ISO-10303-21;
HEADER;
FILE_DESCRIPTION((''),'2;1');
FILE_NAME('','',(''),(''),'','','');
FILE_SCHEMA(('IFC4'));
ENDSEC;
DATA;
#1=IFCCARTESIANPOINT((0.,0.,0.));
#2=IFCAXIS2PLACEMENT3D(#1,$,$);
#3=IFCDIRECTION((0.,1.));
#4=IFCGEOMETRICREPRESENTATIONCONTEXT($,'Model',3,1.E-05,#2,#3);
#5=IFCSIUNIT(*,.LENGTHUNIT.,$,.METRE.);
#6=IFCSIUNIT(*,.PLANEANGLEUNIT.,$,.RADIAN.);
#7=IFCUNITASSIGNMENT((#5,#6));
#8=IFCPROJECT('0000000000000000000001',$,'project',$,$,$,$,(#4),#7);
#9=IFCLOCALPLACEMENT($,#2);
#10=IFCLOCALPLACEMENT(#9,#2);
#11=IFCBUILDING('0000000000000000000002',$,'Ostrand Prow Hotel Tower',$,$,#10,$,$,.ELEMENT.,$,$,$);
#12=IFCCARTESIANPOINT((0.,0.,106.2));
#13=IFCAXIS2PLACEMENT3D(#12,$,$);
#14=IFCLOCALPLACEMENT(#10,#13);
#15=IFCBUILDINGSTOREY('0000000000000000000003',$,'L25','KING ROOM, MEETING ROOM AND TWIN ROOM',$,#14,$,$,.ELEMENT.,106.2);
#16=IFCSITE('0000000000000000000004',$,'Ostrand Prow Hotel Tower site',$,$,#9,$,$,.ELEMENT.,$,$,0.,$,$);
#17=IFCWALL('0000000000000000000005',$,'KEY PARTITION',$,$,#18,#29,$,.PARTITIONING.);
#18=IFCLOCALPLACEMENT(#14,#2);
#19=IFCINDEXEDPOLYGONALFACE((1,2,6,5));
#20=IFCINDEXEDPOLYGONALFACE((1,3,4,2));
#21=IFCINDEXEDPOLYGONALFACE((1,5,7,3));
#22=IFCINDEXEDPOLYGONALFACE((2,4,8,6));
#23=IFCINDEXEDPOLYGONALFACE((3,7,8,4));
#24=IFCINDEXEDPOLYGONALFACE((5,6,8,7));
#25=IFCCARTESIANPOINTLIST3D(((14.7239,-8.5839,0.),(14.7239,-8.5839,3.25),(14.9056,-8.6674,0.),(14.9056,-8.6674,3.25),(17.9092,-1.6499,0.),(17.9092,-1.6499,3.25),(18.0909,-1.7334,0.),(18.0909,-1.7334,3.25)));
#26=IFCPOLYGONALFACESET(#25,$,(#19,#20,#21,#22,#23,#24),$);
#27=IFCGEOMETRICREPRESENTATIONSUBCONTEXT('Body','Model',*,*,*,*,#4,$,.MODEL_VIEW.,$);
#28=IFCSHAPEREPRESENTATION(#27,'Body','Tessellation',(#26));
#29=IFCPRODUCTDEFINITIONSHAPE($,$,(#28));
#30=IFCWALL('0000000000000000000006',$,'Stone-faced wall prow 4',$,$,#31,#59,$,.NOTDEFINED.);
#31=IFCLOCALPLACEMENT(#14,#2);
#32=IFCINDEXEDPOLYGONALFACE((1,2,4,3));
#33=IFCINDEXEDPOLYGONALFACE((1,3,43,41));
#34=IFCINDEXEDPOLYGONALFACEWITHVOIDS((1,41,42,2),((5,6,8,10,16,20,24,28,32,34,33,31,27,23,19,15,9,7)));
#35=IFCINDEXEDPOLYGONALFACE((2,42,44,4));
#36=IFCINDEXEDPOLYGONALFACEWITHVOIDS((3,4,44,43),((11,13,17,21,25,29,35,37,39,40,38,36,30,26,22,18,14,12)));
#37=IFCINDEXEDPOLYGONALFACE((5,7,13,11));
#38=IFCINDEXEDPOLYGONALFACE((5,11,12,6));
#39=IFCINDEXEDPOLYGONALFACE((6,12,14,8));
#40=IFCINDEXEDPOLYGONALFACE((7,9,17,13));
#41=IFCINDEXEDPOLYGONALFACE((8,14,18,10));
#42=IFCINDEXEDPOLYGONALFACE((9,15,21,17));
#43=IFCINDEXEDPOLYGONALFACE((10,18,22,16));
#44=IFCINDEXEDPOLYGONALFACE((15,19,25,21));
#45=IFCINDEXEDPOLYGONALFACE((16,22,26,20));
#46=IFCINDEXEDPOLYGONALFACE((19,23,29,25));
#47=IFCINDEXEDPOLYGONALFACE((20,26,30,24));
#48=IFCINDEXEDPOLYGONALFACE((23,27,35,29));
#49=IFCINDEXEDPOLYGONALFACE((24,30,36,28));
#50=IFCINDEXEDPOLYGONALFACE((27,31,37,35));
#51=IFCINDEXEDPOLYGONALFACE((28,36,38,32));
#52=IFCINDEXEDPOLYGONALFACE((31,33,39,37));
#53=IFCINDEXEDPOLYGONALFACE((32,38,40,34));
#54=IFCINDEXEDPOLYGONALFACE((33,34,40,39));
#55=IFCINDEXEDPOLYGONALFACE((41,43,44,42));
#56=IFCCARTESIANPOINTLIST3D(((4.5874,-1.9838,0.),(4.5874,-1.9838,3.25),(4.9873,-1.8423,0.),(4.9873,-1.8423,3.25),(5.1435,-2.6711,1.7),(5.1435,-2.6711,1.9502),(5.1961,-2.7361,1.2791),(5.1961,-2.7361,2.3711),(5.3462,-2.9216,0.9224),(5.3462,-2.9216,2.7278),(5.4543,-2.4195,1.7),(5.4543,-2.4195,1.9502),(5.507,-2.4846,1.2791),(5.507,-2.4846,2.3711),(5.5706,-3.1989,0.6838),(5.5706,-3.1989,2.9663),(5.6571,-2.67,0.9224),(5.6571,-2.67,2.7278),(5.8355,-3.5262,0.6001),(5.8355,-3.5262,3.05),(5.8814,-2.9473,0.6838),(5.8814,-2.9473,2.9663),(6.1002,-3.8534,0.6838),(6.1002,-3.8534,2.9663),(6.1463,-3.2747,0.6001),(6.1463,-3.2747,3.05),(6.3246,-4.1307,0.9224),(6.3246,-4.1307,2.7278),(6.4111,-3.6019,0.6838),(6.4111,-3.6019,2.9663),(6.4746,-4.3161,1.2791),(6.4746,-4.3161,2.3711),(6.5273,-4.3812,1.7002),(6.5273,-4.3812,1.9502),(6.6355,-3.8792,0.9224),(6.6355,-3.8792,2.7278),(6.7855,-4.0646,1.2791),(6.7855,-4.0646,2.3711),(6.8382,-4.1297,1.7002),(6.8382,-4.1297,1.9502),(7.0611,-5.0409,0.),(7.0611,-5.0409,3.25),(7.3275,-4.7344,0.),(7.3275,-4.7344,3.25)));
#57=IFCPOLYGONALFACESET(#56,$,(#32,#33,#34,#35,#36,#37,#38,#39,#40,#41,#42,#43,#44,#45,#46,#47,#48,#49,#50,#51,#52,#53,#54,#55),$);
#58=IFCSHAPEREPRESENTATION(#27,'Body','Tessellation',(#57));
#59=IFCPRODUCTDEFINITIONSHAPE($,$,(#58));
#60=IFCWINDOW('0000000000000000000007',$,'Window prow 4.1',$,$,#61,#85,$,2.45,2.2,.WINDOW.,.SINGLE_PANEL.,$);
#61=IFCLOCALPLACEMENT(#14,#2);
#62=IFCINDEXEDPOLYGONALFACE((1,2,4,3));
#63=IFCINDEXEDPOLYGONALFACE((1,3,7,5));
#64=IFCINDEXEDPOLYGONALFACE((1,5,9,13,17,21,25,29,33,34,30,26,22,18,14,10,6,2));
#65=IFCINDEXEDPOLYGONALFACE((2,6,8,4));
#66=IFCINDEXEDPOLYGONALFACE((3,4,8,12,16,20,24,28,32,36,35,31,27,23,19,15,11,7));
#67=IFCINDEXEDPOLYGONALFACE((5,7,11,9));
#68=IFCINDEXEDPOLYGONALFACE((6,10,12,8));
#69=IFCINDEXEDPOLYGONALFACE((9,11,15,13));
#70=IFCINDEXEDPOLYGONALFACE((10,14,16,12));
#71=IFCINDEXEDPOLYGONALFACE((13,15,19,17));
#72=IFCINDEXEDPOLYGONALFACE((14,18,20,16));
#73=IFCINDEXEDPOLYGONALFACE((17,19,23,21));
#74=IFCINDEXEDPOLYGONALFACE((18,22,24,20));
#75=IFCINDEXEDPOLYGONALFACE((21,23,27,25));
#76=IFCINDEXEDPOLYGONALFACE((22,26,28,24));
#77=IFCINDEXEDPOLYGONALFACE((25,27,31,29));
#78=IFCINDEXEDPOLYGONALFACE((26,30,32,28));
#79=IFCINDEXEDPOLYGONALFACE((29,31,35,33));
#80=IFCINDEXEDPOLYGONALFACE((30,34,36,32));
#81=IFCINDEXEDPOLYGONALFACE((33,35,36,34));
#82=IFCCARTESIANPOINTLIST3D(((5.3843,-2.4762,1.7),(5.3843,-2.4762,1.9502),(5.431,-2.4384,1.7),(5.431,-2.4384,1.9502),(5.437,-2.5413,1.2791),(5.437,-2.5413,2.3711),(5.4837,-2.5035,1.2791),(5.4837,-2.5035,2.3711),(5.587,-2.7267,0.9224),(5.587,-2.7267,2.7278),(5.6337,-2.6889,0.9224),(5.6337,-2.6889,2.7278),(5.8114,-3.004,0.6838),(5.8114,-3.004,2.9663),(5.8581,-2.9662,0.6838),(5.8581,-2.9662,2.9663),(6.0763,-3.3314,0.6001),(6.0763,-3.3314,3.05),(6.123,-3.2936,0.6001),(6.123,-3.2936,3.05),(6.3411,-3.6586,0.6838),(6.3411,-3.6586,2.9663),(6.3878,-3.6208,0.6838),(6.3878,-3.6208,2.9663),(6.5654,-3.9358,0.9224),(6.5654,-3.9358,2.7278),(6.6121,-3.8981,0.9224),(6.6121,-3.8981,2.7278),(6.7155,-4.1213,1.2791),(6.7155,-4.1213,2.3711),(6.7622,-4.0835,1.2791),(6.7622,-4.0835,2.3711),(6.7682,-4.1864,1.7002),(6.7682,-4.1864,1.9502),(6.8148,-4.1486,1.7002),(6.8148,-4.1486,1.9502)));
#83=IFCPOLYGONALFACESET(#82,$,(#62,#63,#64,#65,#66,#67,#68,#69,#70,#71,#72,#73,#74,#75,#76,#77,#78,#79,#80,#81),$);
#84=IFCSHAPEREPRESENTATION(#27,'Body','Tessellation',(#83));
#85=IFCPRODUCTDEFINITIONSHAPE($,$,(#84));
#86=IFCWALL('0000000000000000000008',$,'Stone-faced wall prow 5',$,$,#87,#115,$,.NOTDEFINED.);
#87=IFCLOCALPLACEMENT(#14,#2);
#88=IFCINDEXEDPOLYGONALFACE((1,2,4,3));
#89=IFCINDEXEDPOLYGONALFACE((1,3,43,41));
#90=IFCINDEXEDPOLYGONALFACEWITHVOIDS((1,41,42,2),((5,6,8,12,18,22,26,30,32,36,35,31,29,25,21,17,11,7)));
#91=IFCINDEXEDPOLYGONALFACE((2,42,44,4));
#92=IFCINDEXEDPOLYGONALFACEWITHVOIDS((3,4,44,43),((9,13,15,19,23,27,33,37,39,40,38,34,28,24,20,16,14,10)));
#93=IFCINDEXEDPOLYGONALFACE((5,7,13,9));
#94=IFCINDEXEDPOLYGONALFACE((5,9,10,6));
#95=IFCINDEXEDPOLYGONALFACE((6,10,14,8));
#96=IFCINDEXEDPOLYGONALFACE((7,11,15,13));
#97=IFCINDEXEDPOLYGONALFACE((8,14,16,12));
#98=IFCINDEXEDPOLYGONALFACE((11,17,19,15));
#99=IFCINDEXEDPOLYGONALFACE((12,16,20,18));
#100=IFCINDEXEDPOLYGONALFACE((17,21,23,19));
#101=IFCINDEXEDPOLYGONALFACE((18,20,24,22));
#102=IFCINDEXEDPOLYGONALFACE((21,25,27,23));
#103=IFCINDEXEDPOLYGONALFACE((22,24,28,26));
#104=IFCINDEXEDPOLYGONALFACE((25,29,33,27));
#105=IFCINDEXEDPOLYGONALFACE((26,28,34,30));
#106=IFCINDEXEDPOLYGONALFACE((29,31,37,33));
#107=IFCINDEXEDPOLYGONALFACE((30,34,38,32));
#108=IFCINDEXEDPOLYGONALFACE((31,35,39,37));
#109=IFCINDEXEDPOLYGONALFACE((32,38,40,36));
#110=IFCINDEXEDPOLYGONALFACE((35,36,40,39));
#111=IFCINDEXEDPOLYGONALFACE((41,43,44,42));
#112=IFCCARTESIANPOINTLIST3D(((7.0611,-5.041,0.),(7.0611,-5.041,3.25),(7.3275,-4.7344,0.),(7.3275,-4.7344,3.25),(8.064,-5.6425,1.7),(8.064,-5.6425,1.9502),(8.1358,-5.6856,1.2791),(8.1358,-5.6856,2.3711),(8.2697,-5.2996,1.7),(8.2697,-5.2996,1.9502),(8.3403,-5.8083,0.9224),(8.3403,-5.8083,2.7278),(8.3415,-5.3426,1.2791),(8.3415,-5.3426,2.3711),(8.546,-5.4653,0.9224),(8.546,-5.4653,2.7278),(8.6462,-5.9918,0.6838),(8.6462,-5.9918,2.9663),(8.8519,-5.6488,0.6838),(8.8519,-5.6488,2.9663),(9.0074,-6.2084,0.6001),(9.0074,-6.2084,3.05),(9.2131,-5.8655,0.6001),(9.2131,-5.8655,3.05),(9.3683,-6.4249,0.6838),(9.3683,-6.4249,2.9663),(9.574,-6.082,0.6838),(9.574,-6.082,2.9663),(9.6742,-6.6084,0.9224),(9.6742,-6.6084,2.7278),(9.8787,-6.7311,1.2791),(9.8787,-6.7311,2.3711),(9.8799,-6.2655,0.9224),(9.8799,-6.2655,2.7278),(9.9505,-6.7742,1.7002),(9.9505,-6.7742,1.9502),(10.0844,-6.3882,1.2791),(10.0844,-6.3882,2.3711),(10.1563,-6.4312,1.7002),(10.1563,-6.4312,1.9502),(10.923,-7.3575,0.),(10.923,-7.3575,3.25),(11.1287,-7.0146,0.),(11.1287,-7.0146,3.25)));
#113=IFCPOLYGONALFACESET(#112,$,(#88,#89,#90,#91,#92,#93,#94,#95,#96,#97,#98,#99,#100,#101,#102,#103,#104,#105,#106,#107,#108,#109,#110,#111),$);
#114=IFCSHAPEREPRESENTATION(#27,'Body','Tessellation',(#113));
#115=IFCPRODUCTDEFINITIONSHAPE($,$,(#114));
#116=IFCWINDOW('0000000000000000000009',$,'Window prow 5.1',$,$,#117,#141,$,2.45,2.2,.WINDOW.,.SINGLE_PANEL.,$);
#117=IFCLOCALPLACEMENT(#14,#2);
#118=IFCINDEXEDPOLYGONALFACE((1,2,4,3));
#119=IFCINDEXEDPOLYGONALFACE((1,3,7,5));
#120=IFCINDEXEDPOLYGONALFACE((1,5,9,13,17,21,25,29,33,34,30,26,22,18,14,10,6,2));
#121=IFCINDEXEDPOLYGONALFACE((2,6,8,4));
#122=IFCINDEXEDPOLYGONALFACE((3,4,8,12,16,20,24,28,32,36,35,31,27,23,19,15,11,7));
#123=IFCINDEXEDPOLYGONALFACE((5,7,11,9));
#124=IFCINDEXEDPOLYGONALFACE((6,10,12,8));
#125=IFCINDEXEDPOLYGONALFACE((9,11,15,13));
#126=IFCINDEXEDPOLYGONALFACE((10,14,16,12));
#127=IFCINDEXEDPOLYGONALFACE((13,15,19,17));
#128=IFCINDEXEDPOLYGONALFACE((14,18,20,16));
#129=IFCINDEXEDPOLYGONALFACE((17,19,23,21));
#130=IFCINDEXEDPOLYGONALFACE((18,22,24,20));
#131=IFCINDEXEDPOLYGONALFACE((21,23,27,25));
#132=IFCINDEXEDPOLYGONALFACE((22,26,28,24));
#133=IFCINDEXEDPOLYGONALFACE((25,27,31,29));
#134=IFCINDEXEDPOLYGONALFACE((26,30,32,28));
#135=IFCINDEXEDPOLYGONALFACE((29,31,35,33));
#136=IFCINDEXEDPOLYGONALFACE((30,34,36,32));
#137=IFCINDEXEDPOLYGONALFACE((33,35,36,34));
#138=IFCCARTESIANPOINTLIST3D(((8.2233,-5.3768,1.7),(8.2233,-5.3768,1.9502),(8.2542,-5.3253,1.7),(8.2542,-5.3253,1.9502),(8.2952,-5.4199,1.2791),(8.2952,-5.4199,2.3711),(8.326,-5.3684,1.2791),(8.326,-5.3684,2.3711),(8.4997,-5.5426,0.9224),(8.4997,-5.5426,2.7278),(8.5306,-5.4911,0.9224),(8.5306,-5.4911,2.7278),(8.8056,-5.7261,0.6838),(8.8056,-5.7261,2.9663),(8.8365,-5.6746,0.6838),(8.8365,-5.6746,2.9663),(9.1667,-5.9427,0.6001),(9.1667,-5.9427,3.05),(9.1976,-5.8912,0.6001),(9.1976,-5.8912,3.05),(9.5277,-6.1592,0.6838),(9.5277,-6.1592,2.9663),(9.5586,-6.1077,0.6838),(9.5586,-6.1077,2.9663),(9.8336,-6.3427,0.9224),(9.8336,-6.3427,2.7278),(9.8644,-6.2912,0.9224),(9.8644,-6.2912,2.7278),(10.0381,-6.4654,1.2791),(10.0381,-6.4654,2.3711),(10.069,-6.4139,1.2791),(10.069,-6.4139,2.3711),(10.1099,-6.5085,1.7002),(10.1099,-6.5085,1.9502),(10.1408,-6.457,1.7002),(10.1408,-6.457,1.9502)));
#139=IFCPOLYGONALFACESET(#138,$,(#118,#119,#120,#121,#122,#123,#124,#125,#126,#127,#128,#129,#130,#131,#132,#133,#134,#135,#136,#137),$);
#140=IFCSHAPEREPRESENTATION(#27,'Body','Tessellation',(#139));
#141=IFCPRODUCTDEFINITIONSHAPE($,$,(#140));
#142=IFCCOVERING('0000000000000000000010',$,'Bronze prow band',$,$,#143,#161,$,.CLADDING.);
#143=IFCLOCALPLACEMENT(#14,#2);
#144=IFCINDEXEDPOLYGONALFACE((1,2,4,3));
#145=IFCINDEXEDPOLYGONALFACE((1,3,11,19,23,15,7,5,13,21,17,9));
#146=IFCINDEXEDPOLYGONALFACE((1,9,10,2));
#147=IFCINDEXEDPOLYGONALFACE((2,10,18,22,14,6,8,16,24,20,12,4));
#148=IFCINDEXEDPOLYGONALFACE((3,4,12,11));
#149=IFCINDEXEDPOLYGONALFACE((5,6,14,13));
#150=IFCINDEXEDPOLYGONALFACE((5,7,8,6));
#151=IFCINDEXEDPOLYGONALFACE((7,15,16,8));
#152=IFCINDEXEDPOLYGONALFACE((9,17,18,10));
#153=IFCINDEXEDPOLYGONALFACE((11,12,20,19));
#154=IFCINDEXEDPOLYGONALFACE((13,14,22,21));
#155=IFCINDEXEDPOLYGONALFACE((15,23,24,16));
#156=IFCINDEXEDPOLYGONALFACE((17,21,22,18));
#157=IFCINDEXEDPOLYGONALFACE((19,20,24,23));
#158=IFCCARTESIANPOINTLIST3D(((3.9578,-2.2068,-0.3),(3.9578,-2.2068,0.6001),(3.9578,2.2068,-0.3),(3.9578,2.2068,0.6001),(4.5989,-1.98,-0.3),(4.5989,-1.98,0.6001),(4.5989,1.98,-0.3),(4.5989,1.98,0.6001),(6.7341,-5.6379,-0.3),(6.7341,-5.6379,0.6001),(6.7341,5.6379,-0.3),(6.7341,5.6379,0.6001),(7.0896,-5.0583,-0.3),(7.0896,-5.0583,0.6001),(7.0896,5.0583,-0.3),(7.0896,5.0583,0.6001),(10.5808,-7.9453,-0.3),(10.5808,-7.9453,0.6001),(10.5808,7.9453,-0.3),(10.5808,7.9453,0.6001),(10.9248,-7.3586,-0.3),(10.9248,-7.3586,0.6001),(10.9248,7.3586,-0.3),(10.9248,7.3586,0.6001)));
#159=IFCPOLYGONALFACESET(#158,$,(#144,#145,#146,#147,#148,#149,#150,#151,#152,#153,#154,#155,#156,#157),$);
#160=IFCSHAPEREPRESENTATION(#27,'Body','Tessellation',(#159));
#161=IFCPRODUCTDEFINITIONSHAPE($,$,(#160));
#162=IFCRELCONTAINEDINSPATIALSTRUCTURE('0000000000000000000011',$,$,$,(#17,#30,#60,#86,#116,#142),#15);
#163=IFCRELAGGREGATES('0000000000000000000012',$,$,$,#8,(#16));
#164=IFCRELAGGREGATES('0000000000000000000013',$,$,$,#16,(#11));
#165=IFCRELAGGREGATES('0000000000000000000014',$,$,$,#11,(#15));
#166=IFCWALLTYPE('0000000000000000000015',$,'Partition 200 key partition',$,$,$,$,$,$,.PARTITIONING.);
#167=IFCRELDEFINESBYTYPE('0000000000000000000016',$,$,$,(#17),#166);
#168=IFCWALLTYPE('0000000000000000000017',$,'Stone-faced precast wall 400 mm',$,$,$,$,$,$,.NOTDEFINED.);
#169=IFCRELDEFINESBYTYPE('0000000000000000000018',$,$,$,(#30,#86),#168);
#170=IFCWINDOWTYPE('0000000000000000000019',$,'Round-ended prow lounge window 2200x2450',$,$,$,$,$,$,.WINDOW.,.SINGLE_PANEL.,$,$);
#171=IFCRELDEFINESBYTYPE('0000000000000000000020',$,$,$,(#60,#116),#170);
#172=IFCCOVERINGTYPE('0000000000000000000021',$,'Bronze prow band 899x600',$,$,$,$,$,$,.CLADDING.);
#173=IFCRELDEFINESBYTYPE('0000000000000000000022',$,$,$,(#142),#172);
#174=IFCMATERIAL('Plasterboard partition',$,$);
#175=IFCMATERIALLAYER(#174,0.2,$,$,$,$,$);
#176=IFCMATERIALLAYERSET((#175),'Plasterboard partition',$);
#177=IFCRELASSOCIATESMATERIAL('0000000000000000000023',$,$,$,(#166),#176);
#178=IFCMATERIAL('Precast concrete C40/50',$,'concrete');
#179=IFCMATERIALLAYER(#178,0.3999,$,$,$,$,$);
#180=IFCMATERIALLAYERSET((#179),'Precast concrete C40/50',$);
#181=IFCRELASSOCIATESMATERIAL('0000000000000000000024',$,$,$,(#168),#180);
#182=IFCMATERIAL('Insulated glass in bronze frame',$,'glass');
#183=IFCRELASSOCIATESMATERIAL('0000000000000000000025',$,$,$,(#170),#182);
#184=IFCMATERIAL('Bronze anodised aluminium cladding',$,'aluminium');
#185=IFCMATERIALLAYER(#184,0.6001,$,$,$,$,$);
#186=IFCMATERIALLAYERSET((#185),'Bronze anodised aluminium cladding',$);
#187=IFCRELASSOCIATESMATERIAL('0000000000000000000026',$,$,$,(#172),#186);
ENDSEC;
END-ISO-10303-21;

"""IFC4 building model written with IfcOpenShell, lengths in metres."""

from ifc_helpers import new_model, si_unit, direction, frame, frame_2d, origin, place, context, subcontext, project, spatial, polyline, rectangle, outline, extrude, material, layer, layer_set, type_object, element, fill, save


model = new_model("IFC4")

# Units and contexts
model_context = context("Model", 3, precision=1e-05, world=origin(), true_north=direction((0.0, 1.0)))
body_context = subcontext(model_context, "Body", "Model", "MODEL_VIEW")
ifc_project = project(units=[si_unit("LENGTHUNIT", "METRE"), si_unit("PLANEANGLEUNIT", "RADIAN")], contexts=[model_context])

# Site, building, storey
site_placement = place(None, origin())
site = spatial("IfcSite", under=ifc_project, at=site_placement, Name="Ostrand Prow Hotel Tower site", CompositionType="ELEMENT", RefElevation=0.0)
building_placement = place(site_placement, origin())
building = spatial("IfcBuilding", under=site, at=building_placement, Name="Ostrand Prow Hotel Tower", CompositionType="ELEMENT")
storey_placement = place(building_placement, frame((0.0, 0.0, 106.2)))
storey = spatial("IfcBuildingStorey", under=building, at=storey_placement, Name="L25", Description="KING ROOM, MEETING ROOM AND TWIN ROOM", CompositionType="ELEMENT", Elevation=106.2)

# Wall
ifc_material_1 = material(Name="Plasterboard partition")
ifc_layer_1 = layer(ifc_material_1, 0.2)
ifc_layer_set_1 = layer_set([ifc_layer_1], Name="Plasterboard partition")
wall_type_1 = type_object("IfcWallType", Name="Partition 200 key partition", PredefinedType="PARTITIONING", material=ifc_layer_set_1)
wall_1_placement = place(storey_placement, frame((14.8147, -8.6257, 0.0), z_axis=(0.0, 0.0, 1.0), x_axis=(0.417432, 0.908708, 0.0)))
element("IfcWall", 1, at=wall_1_placement, inside=storey, type_object=wall_type_1, Name="KEY PARTITION", PredefinedType="PARTITIONING", context=body_context, shape_type="SweptSolid", body=[
    extrude(rectangle(XDim=7.6306, YDim=0.2, at=frame_2d((3.8154, 0.0))), origin(), (0.0, 0.0, 1.0), 3.25),
])

# Walls, openings, windows
ifc_material_2 = material(Name="Precast concrete C40/50", Category="concrete")
ifc_layer_2 = layer(ifc_material_2, 0.3999)
ifc_layer_set_2 = layer_set([ifc_layer_2], Name="Precast concrete C40/50")
wall_type_2 = type_object("IfcWallType", Name="Stone-faced precast wall 400 mm", PredefinedType="NOTDEFINED", material=ifc_layer_set_2)
wall_2_placement = place(storey_placement, frame((4.7874, -1.9131, 0.0), z_axis=(0.0, 0.0, 1.0), x_axis=(0.629035, -0.777377, 0.0)))
wall_2 = element("IfcWall", 2, at=wall_2_placement, inside=storey, type_object=wall_type_2, Name="Stone-faced wall prow 4", PredefinedType="NOTDEFINED", context=body_context, shape_type="SweptSolid", body=[
    extrude(outline(polyline([(-0.0708, -0.2), (3.8618, -0.2), (3.791, 0.2), (0.0708, 0.2), (-0.0708, -0.2)])), origin(), (0.0, 0.0, 1.0), 3.25),
])
opening_1_placement = place(wall_2_placement, frame((0.8132, 0.0, 0.6001)))
opening_1 = element("IfcOpeningElement", 3, at=opening_1_placement, cuts=wall_2, PredefinedType="OPENING", context=body_context, shape_type="SweptSolid", body=[
    extrude(outline(polyline([(0.0, 1.3501), (0.0837, 1.771), (0.3223, 2.1277), (0.679, 2.3662), (1.1001, 2.45), (1.521, 2.3662), (1.8777, 2.1277), (2.1162, 1.771), (2.2, 1.3501), (2.2, 1.1001), (2.1162, 0.679), (1.8777, 0.3223), (1.521, 0.0837), (1.1001, 0.0), (0.679, 0.0837), (0.3223, 0.3223), (0.0837, 0.679), (0.0, 1.0999), (0.0, 1.3501)])), frame((0.0, 0.21, 0.0), z_axis=(0.0, -1.0, 0.0), x_axis=(1.0, 0.0, 0.0)), (0.0, 0.0, 1.0), 0.4199),
])
ifc_material_3 = material(Name="Insulated glass in bronze frame", Category="glass")
window_type = type_object("IfcWindowType", Name="Round-ended prow lounge window 2200x2450", PartitioningType="SINGLE_PANEL", PredefinedType="WINDOW", material=ifc_material_3)
window_1_placement = place(opening_1_placement, origin())
window_1 = element("IfcWindow", 4, at=window_1_placement, inside=storey, type_object=window_type, Name="Window prow 4.1", OverallHeight=2.45, OverallWidth=2.2, PartitioningType="SINGLE_PANEL", PredefinedType="WINDOW", context=body_context, shape_type="SweptSolid", body=[
    extrude(outline(polyline([(0.0, 1.3501), (0.0837, 1.771), (0.3223, 2.1277), (0.679, 2.3662), (1.1001, 2.45), (1.521, 2.3662), (1.8777, 2.1277), (2.1162, 1.771), (2.2, 1.3501), (2.2, 1.1001), (2.1162, 0.679), (1.8777, 0.3223), (1.521, 0.0837), (1.1001, 0.0), (0.679, 0.0837), (0.3223, 0.3223), (0.0837, 0.679), (0.0, 1.0999), (0.0, 1.3501)])), frame((0.0, 0.1699, 0.0), z_axis=(0.0, -1.0, 0.0), x_axis=(1.0, 0.0, 0.0)), (0.0, 0.0, 1.0), 0.0601),
])
fill(opening_1, window_1)
wall_3_placement = place(storey_placement, frame((7.1943, -4.8877, 0.0), z_axis=(0.0, 0.0, 1.0), x_axis=(0.857551, -0.514399, 0.0)))
wall_3 = element("IfcWall", 5, at=wall_3_placement, inside=storey, type_object=wall_type_2, Name="Stone-faced wall prow 5", PredefinedType="NOTDEFINED", context=body_context, shape_type="SweptSolid", body=[
    extrude(outline(polyline([(-0.0354, -0.2), (4.468, -0.2), (4.468, 0.2), (0.0354, 0.2), (-0.0354, -0.2)])), origin(), (0.0, 0.0, 1.0), 3.25),
])
opening_2_placement = place(wall_3_placement, frame((1.134, 0.0, 0.6001)))
opening_2 = element("IfcOpeningElement", 6, at=opening_2_placement, cuts=wall_3, PredefinedType="OPENING", context=body_context, shape_type="SweptSolid", body=[
    extrude(outline(polyline([(0.0, 1.3501), (0.0837, 1.771), (0.3223, 2.1277), (0.679, 2.3662), (1.1001, 2.45), (1.521, 2.3662), (1.8777, 2.1277), (2.1162, 1.771), (2.2, 1.3501), (2.2, 1.1001), (2.1162, 0.679), (1.8777, 0.3223), (1.521, 0.0837), (1.1001, 0.0), (0.679, 0.0837), (0.3223, 0.3223), (0.0837, 0.679), (0.0, 1.0999), (0.0, 1.3501)])), frame((0.0, 0.21, 0.0), z_axis=(0.0, -1.0, 0.0), x_axis=(1.0, 0.0, 0.0)), (0.0, 0.0, 1.0), 0.4199),
])
window_2_placement = place(opening_2_placement, origin())
window_2 = element("IfcWindow", 7, at=window_2_placement, inside=storey, type_object=window_type, Name="Window prow 5.1", OverallHeight=2.45, OverallWidth=2.2, PartitioningType="SINGLE_PANEL", PredefinedType="WINDOW", context=body_context, shape_type="SweptSolid", body=[
    extrude(outline(polyline([(0.0, 1.3501), (0.0837, 1.771), (0.3223, 2.1277), (0.679, 2.3662), (1.1001, 2.45), (1.521, 2.3662), (1.8777, 2.1277), (2.1162, 1.771), (2.2, 1.3501), (2.2, 1.1001), (2.1162, 0.679), (1.8777, 0.3223), (1.521, 0.0837), (1.1001, 0.0), (0.679, 0.0837), (0.3223, 0.3223), (0.0837, 0.679), (0.0, 1.0999), (0.0, 1.3501)])), frame((0.0, 0.1699, 0.0), z_axis=(0.0, -1.0, 0.0), x_axis=(1.0, 0.0, 0.0)), (0.0, 0.0, 1.0), 0.0601),
])
fill(opening_2, window_2)

# Covering
ifc_material_4 = material(Name="Bronze anodised aluminium cladding", Category="aluminium")
ifc_layer_3 = layer(ifc_material_4, 0.6001)
ifc_layer_set_3 = layer_set([ifc_layer_3], Name="Bronze anodised aluminium cladding")
covering_type_1 = type_object("IfcCoveringType", Name="Bronze prow band 899x600", PredefinedType="CLADDING", material=ifc_layer_set_3)
covering_1_placement = place(storey_placement, frame((0.0, 0.0, -0.3)))
element("IfcCovering", 8, at=covering_1_placement, inside=storey, type_object=covering_type_1, Name="Bronze prow band", PredefinedType="CLADDING", context=body_context, shape_type="SweptSolid", body=[
    extrude(outline(polyline([(10.5808, 7.9453), (6.7341, 5.6379), (3.9578, 2.2068), (3.9578, -2.2068), (6.7341, -5.6379), (10.5808, -7.9453), (10.9248, -7.3586), (7.0896, -5.0583), (4.5989, -1.98), (4.5989, 1.98), (7.0896, 5.0583), (10.9248, 7.3586), (10.5808, 7.9453)])), origin(), (0.0, 0.0, 1.0), 0.9001),
])

save(model, "model.ifc")
